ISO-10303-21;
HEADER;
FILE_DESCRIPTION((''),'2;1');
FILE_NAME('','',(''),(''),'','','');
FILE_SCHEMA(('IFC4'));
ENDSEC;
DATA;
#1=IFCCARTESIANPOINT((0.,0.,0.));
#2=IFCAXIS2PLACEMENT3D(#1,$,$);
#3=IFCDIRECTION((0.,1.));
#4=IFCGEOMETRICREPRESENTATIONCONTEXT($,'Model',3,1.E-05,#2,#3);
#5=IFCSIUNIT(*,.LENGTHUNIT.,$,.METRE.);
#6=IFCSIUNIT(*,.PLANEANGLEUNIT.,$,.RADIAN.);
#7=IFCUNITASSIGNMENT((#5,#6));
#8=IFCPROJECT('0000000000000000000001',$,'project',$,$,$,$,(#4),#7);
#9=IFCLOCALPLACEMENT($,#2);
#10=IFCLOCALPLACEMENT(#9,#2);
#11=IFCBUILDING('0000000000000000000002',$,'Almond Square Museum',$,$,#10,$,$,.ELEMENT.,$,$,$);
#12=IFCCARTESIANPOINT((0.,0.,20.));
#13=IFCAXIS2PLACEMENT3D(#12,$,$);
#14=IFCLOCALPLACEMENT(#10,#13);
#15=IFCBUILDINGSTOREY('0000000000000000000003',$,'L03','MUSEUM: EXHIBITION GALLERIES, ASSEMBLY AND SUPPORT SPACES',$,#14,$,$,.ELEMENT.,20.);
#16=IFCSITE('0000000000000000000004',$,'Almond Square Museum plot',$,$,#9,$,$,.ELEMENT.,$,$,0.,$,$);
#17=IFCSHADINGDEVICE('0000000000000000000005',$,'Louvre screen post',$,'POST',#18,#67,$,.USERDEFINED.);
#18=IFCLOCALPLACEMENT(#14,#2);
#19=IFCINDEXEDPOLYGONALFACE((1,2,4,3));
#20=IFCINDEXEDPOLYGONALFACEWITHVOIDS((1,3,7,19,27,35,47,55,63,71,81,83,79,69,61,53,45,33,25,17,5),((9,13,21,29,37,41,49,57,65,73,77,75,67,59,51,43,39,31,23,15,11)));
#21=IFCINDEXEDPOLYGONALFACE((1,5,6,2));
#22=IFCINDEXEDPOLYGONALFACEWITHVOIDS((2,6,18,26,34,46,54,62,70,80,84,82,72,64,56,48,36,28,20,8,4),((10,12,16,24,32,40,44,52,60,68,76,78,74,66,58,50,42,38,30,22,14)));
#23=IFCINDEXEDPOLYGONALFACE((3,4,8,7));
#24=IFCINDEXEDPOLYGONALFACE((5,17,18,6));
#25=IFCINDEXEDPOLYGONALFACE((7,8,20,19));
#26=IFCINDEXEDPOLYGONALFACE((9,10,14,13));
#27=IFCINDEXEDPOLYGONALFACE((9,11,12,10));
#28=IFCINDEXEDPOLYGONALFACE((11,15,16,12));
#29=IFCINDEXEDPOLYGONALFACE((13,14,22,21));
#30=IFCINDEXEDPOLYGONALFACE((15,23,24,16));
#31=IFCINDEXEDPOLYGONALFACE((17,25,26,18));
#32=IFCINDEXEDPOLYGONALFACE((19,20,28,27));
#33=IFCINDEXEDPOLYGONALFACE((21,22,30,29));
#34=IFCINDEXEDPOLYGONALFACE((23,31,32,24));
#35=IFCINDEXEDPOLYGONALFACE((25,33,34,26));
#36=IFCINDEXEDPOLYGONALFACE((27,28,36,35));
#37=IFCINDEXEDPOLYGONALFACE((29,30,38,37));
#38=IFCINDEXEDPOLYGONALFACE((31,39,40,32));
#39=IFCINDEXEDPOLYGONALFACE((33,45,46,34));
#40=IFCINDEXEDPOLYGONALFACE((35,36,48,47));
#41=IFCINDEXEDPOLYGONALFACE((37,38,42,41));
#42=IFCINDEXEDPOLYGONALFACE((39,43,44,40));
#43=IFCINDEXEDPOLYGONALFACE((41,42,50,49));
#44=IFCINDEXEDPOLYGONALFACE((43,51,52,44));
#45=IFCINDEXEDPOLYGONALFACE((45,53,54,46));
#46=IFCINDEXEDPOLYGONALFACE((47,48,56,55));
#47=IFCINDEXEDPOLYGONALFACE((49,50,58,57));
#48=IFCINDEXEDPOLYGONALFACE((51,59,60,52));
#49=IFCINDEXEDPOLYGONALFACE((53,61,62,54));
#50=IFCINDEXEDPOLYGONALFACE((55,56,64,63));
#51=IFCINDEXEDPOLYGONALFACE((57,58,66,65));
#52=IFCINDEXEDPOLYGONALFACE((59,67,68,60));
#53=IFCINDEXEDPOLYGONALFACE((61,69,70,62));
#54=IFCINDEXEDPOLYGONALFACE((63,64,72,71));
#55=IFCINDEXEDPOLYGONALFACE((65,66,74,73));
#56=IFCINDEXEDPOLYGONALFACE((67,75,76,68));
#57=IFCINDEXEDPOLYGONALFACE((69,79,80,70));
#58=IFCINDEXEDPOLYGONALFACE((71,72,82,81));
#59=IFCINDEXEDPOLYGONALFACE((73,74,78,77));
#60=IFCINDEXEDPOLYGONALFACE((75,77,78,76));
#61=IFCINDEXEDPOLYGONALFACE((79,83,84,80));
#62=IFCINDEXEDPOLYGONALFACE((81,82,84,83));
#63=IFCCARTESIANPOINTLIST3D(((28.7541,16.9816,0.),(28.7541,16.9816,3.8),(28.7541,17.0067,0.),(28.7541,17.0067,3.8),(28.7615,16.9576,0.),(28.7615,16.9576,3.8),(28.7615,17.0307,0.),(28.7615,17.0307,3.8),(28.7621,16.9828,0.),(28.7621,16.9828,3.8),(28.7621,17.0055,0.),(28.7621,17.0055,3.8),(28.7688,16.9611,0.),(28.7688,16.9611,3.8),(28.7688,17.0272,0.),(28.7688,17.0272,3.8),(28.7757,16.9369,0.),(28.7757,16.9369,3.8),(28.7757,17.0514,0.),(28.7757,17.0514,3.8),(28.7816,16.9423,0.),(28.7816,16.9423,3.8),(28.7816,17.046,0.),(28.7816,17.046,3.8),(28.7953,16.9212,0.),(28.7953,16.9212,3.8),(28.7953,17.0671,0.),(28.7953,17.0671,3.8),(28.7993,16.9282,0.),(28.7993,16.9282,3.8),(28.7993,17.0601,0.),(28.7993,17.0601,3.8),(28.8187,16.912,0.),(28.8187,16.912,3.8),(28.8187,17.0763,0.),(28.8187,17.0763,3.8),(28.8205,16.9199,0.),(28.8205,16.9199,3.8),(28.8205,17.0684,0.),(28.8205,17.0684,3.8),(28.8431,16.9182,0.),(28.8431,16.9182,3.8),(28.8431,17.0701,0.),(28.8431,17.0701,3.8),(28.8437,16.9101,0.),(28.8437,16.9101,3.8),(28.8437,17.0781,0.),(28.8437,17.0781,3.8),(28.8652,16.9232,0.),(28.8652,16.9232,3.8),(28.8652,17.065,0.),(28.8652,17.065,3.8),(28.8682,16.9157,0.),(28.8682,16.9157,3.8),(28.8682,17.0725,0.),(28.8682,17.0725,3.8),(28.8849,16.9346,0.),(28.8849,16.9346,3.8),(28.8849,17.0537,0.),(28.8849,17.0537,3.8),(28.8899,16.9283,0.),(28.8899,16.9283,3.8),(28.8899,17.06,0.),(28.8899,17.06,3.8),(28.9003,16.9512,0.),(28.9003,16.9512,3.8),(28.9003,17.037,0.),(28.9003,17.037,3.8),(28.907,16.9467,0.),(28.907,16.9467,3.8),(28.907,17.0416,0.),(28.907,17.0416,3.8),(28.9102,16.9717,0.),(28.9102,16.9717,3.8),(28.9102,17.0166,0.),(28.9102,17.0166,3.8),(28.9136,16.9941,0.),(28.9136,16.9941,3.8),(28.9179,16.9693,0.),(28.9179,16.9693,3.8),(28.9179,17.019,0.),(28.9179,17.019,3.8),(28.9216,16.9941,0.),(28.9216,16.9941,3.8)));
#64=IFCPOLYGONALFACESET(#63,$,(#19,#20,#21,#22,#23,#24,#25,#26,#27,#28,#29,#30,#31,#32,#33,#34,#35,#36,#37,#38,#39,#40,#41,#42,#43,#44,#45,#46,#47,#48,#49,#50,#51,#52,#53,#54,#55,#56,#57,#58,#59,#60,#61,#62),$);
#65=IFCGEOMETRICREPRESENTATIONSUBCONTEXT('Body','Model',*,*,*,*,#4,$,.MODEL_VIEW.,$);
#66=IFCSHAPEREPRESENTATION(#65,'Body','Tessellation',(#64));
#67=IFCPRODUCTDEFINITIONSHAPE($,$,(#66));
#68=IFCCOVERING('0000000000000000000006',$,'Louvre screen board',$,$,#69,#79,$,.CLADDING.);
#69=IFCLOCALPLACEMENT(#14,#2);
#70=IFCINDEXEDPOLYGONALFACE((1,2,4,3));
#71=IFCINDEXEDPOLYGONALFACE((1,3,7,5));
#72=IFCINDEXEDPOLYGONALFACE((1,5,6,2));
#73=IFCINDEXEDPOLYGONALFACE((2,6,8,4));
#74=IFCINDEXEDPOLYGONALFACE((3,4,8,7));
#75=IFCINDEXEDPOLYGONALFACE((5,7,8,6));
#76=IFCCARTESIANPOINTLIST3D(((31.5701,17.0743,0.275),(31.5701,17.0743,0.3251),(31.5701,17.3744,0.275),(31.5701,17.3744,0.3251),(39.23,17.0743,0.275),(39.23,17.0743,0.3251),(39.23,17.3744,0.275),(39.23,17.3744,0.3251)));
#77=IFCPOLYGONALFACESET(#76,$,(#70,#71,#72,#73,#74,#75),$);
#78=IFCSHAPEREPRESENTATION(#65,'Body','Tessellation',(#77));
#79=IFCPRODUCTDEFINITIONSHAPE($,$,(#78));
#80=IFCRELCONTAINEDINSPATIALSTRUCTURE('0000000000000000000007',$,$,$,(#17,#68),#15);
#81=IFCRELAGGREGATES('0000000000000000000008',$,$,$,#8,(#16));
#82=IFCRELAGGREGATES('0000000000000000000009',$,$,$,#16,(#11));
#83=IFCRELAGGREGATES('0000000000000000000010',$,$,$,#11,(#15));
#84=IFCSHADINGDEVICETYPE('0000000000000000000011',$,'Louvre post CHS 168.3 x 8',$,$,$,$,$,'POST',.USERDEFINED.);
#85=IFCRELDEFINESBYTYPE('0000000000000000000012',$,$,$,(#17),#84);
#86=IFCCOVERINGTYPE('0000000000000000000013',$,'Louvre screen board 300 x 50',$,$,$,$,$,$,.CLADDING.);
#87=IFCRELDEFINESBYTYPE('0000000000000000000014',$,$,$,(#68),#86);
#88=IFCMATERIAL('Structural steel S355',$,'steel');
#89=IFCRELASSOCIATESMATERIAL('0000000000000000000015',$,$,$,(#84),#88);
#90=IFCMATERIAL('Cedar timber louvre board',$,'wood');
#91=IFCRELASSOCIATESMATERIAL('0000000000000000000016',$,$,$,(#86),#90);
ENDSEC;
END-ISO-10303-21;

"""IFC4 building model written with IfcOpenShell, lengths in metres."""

from ifc_helpers import new_model, si_unit, direction, frame, origin, origin_2d, place, context, subcontext, project, spatial, rectangle, hollow_circle, extrude, material, material_profile, profile_set, type_object, element, save


model = new_model("IFC4")

# Units and contexts
model_context = context("Model", 3, precision=1e-05, world=origin(), true_north=direction((0.0, 1.0)))
body_context = subcontext(model_context, "Body", "Model", "MODEL_VIEW")
ifc_project = project(units=[si_unit("LENGTHUNIT", "METRE"), si_unit("PLANEANGLEUNIT", "RADIAN")], contexts=[model_context])

# Site, building, storey
site_placement = place(None, origin())
site = spatial("IfcSite", under=ifc_project, at=site_placement, Name="Almond Square Museum plot", CompositionType="ELEMENT", RefElevation=0.0)
building_placement = place(site_placement, origin())
building = spatial("IfcBuilding", under=site, at=building_placement, Name="Almond Square Museum", CompositionType="ELEMENT")
storey_placement = place(building_placement, frame((0.0, 0.0, 20.0)))
storey = spatial("IfcBuildingStorey", under=building, at=storey_placement, Name="L03", Description="MUSEUM: EXHIBITION GALLERIES, ASSEMBLY AND SUPPORT SPACES", CompositionType="ELEMENT", Elevation=20.0)

# Shading device
ifc_material_1 = material(Name="Structural steel S355", Category="steel")
ifc_material_profile_1 = material_profile(ifc_material_1, hollow_circle(Radius=0.0842, WallThickness=0.0081, at=origin_2d()))
ifc_profile_set_1 = profile_set([ifc_material_profile_1], Name="Structural steel S355")
shading_device_type = type_object("IfcShadingDeviceType", Name="Louvre post CHS 168.3 x 8", ElementType="POST", PredefinedType="USERDEFINED", material=ifc_profile_set_1)
for number, where, z_axis, x_axis, name in (
    (1, (28.8374, 16.9941, 0.0), (0.0, 0.0, 1.0), (1.0, 0.0, 0.0), "Louvre screen post"),
):
    element("IfcShadingDevice", number, at=place(storey_placement, frame(where, z_axis=z_axis, x_axis=x_axis)), inside=storey, type_object=shading_device_type, Name=name, ObjectType="POST", PredefinedType="USERDEFINED", context=body_context, shape_type="SweptSolid", body=[
        extrude(hollow_circle(Radius=0.0842, WallThickness=0.0081, at=origin_2d()), origin(), (0.0, 0.0, 1.0), 3.8),
    ])

# Covering
ifc_material_2 = material(Name="Cedar timber louvre board", Category="wood")
ifc_material_profile_2 = material_profile(ifc_material_2, rectangle(XDim=0.3, YDim=0.05, at=origin_2d()))
ifc_profile_set_2 = profile_set([ifc_material_profile_2], Name="Cedar timber louvre board")
covering_type = type_object("IfcCoveringType", Name="Louvre screen board 300 x 50", PredefinedType="CLADDING", material=ifc_profile_set_2)
covering_placement = place(storey_placement, frame((31.5701, 17.2244, 0.3), z_axis=(1.0, 0.0, 0.0), x_axis=(0.0, 1.0, 0.0)))
element("IfcCovering", 2, at=covering_placement, inside=storey, type_object=covering_type, Name="Louvre screen board", PredefinedType="CLADDING", context=body_context, shape_type="SweptSolid", body=[
    extrude(rectangle(XDim=0.3, YDim=0.05, at=origin_2d()), origin(), (0.0, 0.0, 1.0), 7.6599),
])

save(model, "model.ifc")
